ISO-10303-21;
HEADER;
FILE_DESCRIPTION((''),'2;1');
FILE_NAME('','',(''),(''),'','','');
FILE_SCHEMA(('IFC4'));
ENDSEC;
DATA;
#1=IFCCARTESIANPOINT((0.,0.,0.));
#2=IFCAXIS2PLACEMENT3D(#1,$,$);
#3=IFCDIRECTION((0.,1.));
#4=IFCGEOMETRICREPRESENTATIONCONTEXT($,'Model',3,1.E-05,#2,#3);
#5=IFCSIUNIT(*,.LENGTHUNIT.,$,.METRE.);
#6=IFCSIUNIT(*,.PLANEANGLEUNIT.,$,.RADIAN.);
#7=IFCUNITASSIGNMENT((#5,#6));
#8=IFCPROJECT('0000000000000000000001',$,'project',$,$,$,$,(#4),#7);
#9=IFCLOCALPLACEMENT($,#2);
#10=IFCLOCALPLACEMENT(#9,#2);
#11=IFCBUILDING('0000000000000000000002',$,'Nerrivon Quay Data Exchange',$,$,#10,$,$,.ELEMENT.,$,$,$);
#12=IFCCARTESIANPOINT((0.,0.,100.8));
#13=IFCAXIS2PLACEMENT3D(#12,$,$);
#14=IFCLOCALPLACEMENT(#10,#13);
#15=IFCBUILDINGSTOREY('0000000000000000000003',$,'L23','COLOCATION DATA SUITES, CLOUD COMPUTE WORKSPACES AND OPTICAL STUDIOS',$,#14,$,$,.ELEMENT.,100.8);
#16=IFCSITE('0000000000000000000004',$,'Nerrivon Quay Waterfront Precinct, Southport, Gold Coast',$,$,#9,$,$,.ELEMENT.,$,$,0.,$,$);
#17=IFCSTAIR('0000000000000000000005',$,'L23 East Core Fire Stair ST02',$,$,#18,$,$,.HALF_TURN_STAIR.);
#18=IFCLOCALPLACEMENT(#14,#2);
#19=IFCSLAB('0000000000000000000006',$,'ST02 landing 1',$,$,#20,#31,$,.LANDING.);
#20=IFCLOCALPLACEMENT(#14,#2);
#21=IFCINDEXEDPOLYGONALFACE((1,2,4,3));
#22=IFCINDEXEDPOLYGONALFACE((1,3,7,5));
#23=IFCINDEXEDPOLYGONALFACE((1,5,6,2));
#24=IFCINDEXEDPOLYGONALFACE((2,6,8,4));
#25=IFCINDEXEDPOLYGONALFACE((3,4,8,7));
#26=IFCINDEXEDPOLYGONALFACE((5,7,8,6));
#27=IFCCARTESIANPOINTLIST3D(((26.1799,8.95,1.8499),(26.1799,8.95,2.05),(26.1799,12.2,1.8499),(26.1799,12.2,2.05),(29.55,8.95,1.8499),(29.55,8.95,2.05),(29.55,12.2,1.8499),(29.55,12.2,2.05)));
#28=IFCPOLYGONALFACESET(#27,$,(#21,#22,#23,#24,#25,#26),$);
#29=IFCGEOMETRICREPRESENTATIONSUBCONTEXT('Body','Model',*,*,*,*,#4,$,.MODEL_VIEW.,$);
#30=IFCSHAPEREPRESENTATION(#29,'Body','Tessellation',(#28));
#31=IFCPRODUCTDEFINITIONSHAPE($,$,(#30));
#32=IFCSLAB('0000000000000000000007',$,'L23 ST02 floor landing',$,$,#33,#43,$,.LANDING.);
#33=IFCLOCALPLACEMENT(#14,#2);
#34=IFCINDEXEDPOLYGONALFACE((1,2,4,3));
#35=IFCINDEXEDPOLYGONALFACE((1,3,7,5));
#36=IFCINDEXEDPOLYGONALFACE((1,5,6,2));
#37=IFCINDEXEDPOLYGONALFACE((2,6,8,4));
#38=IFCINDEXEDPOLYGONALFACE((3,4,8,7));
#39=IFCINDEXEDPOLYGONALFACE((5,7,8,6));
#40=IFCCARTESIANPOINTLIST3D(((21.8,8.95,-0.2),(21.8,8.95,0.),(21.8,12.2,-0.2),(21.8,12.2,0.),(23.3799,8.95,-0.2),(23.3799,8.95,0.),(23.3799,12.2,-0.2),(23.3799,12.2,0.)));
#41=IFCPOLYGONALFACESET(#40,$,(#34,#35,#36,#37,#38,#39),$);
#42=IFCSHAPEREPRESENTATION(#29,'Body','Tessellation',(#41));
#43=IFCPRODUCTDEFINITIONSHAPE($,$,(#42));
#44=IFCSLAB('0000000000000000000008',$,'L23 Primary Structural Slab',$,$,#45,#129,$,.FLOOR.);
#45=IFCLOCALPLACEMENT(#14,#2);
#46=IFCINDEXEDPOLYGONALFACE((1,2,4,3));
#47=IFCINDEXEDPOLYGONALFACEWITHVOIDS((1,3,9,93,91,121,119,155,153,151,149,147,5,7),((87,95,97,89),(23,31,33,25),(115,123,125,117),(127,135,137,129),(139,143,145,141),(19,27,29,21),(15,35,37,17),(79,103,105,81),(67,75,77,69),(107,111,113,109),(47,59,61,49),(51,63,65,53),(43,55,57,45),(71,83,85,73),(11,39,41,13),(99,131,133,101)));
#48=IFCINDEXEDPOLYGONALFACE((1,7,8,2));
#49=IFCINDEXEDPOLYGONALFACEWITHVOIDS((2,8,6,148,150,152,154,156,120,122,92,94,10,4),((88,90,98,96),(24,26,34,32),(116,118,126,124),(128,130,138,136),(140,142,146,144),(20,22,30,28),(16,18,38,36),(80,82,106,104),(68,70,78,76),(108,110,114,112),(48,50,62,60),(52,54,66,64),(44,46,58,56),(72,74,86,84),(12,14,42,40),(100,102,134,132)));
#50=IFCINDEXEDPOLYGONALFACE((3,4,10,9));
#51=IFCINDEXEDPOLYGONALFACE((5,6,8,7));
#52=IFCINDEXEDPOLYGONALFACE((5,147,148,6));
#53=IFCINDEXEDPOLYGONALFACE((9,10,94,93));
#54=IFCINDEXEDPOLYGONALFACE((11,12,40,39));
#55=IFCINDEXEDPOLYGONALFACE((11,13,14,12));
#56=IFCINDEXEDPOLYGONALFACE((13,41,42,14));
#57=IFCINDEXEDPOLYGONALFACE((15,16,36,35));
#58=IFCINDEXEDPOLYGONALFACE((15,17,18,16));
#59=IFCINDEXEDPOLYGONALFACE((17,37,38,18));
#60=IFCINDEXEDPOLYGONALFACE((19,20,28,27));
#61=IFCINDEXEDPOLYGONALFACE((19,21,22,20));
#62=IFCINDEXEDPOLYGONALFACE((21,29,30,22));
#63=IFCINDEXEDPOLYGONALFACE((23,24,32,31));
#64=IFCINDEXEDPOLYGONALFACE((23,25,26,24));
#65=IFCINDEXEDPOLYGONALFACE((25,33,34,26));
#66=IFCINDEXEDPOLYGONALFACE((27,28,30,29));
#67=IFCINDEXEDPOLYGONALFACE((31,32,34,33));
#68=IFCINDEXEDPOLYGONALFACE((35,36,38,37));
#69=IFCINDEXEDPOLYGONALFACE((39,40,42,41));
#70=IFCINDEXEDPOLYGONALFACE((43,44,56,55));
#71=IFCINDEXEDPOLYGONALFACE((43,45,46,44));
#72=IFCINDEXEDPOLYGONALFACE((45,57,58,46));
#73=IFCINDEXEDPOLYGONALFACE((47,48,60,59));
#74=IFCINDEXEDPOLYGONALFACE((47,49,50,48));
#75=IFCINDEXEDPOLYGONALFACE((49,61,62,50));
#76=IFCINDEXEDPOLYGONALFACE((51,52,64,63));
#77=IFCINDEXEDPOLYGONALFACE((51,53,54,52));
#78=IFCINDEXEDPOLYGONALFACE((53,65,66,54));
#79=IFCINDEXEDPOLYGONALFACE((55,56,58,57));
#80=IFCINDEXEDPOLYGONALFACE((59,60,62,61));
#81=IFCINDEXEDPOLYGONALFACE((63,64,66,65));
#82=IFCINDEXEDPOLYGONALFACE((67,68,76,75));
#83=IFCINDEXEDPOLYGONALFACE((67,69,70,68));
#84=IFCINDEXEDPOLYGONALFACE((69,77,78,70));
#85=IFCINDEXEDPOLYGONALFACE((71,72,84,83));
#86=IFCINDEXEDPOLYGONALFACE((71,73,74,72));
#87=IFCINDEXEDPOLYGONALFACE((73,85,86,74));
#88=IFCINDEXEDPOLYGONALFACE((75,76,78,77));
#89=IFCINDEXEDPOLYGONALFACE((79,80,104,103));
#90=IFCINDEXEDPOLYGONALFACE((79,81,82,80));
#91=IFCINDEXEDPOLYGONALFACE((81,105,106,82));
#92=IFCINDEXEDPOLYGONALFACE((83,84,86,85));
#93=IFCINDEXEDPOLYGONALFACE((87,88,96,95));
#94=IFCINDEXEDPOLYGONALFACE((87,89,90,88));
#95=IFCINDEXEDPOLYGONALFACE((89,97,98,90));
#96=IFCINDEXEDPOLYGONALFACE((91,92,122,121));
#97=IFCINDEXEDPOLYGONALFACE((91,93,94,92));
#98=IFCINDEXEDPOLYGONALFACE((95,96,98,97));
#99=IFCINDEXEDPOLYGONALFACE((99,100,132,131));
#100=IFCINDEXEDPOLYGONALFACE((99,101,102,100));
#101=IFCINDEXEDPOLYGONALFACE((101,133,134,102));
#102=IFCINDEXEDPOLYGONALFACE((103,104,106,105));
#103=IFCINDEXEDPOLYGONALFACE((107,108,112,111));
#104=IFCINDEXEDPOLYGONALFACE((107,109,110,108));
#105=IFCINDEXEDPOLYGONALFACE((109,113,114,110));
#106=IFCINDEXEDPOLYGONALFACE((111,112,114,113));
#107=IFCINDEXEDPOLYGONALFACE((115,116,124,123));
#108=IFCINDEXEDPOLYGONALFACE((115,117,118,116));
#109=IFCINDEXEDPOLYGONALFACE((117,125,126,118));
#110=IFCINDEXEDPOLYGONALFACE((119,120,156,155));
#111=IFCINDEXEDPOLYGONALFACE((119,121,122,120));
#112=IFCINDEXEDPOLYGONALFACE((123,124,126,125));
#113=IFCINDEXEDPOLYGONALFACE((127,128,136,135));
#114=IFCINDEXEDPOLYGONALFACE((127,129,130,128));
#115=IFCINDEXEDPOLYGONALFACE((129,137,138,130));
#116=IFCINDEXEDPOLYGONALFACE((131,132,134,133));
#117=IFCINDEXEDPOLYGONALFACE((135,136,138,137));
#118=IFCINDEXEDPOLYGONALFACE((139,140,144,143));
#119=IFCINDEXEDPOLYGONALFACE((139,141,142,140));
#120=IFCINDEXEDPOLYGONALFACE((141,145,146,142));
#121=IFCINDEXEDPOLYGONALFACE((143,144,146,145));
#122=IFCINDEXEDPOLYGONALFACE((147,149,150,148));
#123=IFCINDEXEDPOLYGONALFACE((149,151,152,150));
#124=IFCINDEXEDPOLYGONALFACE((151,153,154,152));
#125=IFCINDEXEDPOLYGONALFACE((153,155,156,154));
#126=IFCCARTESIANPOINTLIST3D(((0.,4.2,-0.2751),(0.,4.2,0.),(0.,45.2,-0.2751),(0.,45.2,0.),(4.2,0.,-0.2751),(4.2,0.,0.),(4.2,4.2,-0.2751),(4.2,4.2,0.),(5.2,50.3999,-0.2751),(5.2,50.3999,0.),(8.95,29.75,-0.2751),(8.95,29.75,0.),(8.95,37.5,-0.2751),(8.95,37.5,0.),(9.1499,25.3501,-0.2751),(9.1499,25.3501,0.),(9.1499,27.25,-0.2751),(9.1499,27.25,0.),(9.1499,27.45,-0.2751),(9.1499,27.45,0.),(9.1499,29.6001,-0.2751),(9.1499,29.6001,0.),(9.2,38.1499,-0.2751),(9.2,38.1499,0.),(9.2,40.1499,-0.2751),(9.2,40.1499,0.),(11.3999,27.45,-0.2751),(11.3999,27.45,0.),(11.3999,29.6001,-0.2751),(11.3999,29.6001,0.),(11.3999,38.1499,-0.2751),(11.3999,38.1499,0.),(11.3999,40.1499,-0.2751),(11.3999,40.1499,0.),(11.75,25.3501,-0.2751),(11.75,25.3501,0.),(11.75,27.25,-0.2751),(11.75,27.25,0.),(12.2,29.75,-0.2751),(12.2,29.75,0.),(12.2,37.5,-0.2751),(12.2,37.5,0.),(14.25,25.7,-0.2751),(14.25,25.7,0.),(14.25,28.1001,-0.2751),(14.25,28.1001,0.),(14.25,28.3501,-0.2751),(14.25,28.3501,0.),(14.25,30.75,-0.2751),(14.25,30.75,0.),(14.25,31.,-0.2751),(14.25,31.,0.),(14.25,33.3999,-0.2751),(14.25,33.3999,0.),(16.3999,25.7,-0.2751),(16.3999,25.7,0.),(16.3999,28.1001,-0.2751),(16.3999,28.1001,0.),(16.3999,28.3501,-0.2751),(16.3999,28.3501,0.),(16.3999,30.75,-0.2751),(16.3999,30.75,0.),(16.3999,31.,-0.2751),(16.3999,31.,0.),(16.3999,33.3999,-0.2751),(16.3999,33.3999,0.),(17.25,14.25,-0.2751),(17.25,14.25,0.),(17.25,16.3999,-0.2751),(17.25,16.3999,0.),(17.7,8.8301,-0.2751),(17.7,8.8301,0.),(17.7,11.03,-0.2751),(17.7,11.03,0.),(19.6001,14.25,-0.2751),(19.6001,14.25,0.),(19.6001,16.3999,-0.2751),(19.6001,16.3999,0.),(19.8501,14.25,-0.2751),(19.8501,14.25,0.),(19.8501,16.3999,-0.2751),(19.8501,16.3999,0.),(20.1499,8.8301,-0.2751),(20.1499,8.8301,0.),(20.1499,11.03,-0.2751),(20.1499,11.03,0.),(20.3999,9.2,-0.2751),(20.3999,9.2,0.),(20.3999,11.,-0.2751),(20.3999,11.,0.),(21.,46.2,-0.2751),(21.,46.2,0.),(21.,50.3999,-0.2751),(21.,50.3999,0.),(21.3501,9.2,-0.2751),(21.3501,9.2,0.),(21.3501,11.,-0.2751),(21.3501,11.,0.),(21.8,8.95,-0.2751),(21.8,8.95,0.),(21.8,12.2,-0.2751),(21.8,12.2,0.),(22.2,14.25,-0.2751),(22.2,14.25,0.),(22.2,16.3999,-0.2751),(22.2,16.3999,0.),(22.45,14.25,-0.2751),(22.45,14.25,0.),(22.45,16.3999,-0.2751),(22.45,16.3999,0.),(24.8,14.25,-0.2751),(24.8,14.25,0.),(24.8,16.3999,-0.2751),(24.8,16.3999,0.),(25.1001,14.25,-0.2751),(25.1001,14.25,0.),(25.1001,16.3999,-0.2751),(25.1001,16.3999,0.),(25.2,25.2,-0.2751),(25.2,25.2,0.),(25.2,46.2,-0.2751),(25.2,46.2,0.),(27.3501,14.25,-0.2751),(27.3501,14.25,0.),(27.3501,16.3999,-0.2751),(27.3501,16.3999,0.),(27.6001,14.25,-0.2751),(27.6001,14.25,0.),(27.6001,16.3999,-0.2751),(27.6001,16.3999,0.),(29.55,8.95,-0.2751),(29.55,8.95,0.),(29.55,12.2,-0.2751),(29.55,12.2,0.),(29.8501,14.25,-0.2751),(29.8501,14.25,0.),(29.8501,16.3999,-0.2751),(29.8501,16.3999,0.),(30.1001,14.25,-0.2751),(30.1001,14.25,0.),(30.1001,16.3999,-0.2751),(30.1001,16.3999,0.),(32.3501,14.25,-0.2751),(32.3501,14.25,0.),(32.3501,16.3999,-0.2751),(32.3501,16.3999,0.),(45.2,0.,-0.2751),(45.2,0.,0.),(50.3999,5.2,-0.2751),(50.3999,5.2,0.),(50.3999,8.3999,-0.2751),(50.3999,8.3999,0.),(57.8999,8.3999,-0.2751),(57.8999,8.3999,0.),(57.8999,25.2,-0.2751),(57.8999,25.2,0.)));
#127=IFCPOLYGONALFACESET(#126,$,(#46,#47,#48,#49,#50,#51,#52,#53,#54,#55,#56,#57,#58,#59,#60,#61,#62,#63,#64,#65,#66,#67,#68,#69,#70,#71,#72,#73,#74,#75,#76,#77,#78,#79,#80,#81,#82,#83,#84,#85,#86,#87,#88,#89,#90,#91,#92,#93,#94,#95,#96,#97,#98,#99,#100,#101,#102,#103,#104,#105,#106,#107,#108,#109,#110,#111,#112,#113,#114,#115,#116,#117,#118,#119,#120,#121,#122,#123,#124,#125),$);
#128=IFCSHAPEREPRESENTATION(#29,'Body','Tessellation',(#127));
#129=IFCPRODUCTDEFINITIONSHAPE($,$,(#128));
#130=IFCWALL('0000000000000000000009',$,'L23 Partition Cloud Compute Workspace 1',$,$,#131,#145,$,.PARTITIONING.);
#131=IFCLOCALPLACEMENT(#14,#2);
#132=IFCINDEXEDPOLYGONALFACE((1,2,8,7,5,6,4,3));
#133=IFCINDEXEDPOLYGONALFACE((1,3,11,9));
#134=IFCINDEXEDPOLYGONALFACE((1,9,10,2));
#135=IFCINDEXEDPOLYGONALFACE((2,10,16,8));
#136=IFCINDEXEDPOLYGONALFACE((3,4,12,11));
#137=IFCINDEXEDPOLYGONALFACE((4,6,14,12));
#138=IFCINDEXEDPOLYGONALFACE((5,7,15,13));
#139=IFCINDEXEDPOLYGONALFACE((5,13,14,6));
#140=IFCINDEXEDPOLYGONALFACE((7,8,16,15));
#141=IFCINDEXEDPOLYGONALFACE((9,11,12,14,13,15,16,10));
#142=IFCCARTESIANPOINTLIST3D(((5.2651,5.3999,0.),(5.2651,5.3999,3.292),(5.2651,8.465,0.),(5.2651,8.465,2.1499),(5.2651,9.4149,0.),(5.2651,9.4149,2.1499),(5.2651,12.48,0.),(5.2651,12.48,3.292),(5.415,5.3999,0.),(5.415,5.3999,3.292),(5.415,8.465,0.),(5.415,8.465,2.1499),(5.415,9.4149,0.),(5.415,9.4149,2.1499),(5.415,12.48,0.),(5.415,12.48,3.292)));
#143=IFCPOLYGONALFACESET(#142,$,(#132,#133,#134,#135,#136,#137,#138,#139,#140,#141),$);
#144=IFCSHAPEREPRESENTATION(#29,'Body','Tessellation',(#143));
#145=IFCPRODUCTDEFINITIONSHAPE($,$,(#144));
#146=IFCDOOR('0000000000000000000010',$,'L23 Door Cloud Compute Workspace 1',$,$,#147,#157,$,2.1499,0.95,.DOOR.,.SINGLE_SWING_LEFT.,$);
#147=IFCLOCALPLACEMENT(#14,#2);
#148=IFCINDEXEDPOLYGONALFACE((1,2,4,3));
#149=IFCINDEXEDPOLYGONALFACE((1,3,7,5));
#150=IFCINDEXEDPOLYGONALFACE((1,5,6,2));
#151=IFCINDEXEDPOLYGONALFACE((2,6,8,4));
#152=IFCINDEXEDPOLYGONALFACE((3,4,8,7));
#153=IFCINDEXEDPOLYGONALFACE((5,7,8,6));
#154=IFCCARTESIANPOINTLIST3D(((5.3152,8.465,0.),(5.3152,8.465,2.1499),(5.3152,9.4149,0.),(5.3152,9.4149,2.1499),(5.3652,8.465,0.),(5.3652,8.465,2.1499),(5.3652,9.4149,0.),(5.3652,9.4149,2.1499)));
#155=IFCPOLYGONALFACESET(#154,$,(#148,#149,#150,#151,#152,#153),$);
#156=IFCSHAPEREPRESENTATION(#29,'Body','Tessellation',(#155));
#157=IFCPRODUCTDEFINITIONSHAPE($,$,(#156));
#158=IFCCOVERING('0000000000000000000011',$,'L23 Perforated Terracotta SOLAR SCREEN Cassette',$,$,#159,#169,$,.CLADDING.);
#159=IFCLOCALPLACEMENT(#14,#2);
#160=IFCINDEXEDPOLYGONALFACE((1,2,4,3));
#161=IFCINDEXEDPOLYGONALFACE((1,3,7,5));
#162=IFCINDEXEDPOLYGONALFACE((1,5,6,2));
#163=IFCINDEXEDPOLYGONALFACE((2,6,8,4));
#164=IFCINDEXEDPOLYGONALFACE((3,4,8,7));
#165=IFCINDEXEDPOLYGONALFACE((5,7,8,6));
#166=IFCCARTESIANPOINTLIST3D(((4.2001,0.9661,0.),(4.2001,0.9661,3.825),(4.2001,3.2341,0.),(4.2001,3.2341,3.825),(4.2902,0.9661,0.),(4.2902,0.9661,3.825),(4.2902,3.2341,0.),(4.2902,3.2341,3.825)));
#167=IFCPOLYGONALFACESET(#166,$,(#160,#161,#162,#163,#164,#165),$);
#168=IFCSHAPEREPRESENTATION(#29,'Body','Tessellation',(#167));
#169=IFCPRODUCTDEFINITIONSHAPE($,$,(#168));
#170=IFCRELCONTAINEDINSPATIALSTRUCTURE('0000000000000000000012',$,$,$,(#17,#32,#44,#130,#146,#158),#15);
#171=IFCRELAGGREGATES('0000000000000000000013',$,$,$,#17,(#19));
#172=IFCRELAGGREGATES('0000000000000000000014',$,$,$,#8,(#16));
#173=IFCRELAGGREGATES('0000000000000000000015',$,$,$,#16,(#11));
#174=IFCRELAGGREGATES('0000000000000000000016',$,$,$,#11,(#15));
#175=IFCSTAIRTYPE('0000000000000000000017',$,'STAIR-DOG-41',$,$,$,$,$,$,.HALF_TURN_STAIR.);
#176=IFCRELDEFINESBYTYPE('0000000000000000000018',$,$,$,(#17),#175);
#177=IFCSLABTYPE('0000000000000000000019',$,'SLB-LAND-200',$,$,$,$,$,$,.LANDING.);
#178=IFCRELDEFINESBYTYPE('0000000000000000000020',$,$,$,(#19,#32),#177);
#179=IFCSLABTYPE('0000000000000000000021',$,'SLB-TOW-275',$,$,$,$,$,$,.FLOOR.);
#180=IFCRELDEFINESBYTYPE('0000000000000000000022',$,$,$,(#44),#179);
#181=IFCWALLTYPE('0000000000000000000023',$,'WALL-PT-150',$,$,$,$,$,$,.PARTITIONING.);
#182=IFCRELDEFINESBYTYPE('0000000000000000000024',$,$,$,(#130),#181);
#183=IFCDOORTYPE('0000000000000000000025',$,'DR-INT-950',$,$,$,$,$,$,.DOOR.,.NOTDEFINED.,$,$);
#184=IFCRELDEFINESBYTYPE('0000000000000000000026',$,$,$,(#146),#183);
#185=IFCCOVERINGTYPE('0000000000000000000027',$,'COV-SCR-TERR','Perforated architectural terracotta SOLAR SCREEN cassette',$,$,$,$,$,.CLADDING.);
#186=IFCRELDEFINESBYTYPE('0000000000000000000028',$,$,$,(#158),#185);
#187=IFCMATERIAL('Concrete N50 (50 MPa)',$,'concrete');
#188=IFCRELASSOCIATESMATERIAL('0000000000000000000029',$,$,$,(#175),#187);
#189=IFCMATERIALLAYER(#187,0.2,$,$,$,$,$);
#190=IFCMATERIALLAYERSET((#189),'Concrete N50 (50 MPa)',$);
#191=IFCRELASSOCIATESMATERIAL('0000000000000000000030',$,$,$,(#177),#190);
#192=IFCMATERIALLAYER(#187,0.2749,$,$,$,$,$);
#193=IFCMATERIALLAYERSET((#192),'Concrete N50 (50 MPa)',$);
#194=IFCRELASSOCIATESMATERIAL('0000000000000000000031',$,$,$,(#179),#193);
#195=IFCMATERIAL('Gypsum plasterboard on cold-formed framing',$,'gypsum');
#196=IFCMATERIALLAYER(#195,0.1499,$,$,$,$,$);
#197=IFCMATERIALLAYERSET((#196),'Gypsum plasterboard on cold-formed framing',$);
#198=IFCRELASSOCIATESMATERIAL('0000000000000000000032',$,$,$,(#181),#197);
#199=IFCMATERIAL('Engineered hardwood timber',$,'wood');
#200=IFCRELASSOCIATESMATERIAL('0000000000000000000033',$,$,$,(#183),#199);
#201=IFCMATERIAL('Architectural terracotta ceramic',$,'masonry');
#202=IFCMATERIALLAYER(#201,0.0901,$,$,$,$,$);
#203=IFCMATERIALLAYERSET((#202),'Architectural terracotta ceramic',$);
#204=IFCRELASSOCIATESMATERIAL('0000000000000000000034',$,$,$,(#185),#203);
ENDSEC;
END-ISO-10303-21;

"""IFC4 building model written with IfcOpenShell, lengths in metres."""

from ifc_helpers import new_model, si_unit, direction, frame, frame_2d, origin, origin_2d, place, context, subcontext, project, spatial, polyline, rectangle, outline, extrude, material, layer, layer_set, type_object, element, fill, aggregate, save


model = new_model("IFC4")

# Units and contexts
model_context = context("Model", 3, precision=1e-05, world=origin(), true_north=direction((0.0, 1.0)))
body_context = subcontext(model_context, "Body", "Model", "MODEL_VIEW")
ifc_project = project(units=[si_unit("LENGTHUNIT", "METRE"), si_unit("PLANEANGLEUNIT", "RADIAN")], contexts=[model_context])

# Site, building, storey
site_placement = place(None, origin())
site = spatial("IfcSite", under=ifc_project, at=site_placement, Name="Nerrivon Quay Waterfront Precinct, Southport, Gold Coast", CompositionType="ELEMENT", RefElevation=0.0)
building_placement = place(site_placement, origin())
building = spatial("IfcBuilding", under=site, at=building_placement, Name="Nerrivon Quay Data Exchange", CompositionType="ELEMENT")
storey_placement = place(building_placement, frame((0.0, 0.0, 100.8)))
storey = spatial("IfcBuildingStorey", under=building, at=storey_placement, Name="L23", Description="COLOCATION DATA SUITES, CLOUD COMPUTE WORKSPACES AND OPTICAL STUDIOS", CompositionType="ELEMENT", Elevation=100.8)

# Shared definitions
ifc_material_1 = material(Name="Concrete N50 (50 MPa)", Category="concrete")
stair_type = type_object("IfcStairType", Name="STAIR-DOG-41", PredefinedType="HALF_TURN_STAIR", material=ifc_material_1)
ifc_layer_1 = layer(ifc_material_1, 0.2)
ifc_layer_set_1 = layer_set([ifc_layer_1], Name="Concrete N50 (50 MPa)")
slab_type_1 = type_object("IfcSlabType", Name="SLB-LAND-200", PredefinedType="LANDING", material=ifc_layer_set_1)

# Stair, slab
stair_1_placement = place(storey_placement, origin())
stair_1 = element("IfcStair", 1, at=stair_1_placement, inside=storey, type_object=stair_type, Name="L23 East Core Fire Stair ST02", PredefinedType="HALF_TURN_STAIR")
slab_1_placement = place(storey_placement, frame((0.0, 0.0, 1.8499)))
slab_1 = element("IfcSlab", 2, at=slab_1_placement, type_object=slab_type_1, Name="ST02 landing 1", PredefinedType="LANDING", context=body_context, shape_type="SweptSolid", body=[
    extrude(outline(polyline([(26.1799, 8.95), (29.55, 8.95), (29.55, 12.2), (26.1799, 12.2), (26.1799, 8.95)])), origin(), (0.0, 0.0, 1.0), 0.2002),
])
aggregate(stair_1, [slab_1])

# Slabs
slab_2_placement = place(storey_placement, frame((0.0, 0.0, -0.2)))
element("IfcSlab", 3, at=slab_2_placement, inside=storey, type_object=slab_type_1, Name="L23 ST02 floor landing", PredefinedType="LANDING", context=body_context, shape_type="SweptSolid", body=[
    extrude(outline(polyline([(21.8, 8.95), (23.3799, 8.95), (23.3799, 12.2), (21.8, 12.2), (21.8, 8.95)])), origin(), (0.0, 0.0, 1.0), 0.2),
])
ifc_layer_2 = layer(ifc_material_1, 0.2749)
ifc_layer_set_2 = layer_set([ifc_layer_2], Name="Concrete N50 (50 MPa)")
slab_type_2 = type_object("IfcSlabType", Name="SLB-TOW-275", PredefinedType="FLOOR", material=ifc_layer_set_2)
slab_3_placement = place(storey_placement, frame((0.0, 0.0, -0.2751)))
element("IfcSlab", 4, at=slab_3_placement, inside=storey, type_object=slab_type_2, Name="L23 Primary Structural Slab", PredefinedType="FLOOR", context=body_context, shape_type="SweptSolid", body=[
    extrude(outline(polyline([(25.2, 25.2), (25.2, 46.2), (21.0, 46.2), (21.0, 50.3999), (5.2, 50.3999), (0.0, 45.2), (0.0, 4.2), (4.2, 4.2), (4.2, 0.0), (45.2, 0.0), (50.3999, 5.2), (50.3999, 8.3999), (57.8999, 8.3999), (57.8999, 25.2), (25.2, 25.2)]), holes=[polyline([(8.95, 29.75), (8.95, 37.5), (12.2, 37.5), (12.2, 29.75), (8.95, 29.75)]), polyline([(21.8, 12.2), (29.55, 12.2), (29.55, 8.95), (21.8, 8.95), (21.8, 12.2)]), polyline([(30.1001, 16.3999), (32.3501, 16.3999), (32.3501, 14.25), (30.1001, 14.25), (30.1001, 16.3999)]), polyline([(27.6001, 16.3999), (29.8501, 16.3999), (29.8501, 14.25), (27.6001, 14.25), (27.6001, 16.3999)]), polyline([(25.1001, 16.3999), (27.3501, 16.3999), (27.3501, 14.25), (25.1001, 14.25), (25.1001, 16.3999)]), polyline([(22.45, 16.3999), (24.8, 16.3999), (24.8, 14.25), (22.45, 14.25), (22.45, 16.3999)]), polyline([(19.8501, 16.3999), (22.2, 16.3999), (22.2, 14.25), (19.8501, 14.25), (19.8501, 16.3999)]), polyline([(20.3999, 11.0), (21.3501, 11.0), (21.3501, 9.2), (20.3999, 9.2), (20.3999, 11.0)]), polyline([(17.7, 8.8301), (17.7, 11.03), (20.1499, 11.03), (20.1499, 8.8301), (17.7, 8.8301)]), polyline([(17.25, 14.25), (17.25, 16.3999), (19.6001, 16.3999), (19.6001, 14.25), (17.25, 14.25)]), polyline([(14.25, 28.1001), (16.3999, 28.1001), (16.3999, 25.7), (14.25, 25.7), (14.25, 28.1001)]), polyline([(14.25, 30.75), (16.3999, 30.75), (16.3999, 28.3501), (14.25, 28.3501), (14.25, 30.75)]), polyline([(14.25, 33.3999), (16.3999, 33.3999), (16.3999, 31.0), (14.25, 31.0), (14.25, 33.3999)]), polyline([(9.1499, 27.25), (11.75, 27.25), (11.75, 25.3501), (9.1499, 25.3501), (9.1499, 27.25)]), polyline([(9.1499, 29.6001), (11.3999, 29.6001), (11.3999, 27.45), (9.1499, 27.45), (9.1499, 29.6001)]), polyline([(9.2, 40.1499), (11.3999, 40.1499), (11.3999, 38.1499), (9.2, 38.1499), (9.2, 40.1499)])]), origin(), (0.0, 0.0, 1.0), 0.2751),
])

# Wall, opening, door
ifc_material_2 = material(Name="Gypsum plasterboard on cold-formed framing", Category="gypsum")
ifc_layer_3 = layer(ifc_material_2, 0.1499)
ifc_layer_set_3 = layer_set([ifc_layer_3], Name="Gypsum plasterboard on cold-formed framing")
wall_type = type_object("IfcWallType", Name="WALL-PT-150", PredefinedType="PARTITIONING", material=ifc_layer_set_3)
wall_placement = place(storey_placement, frame((5.3401, 5.3999, 0.0), z_axis=(0.0, 0.0, 1.0), x_axis=(0.0, 1.0, 0.0)))
wall = element("IfcWall", 5, at=wall_placement, inside=storey, type_object=wall_type, Name="L23 Partition Cloud Compute Workspace 1", PredefinedType="PARTITIONING", context=body_context, shape_type="SweptSolid", body=[
    extrude(rectangle(XDim=7.0801, YDim=0.1499, at=frame_2d((3.54, 0.0))), origin(), (0.0, 0.0, 1.0), 3.292),
])
opening_placement = place(wall_placement, frame((3.0649, 0.0, 0.0)))
opening = element("IfcOpeningElement", 6, at=opening_placement, cuts=wall, PredefinedType="OPENING", context=body_context, shape_type="SweptSolid", body=[
    extrude(rectangle(XDim=0.95, YDim=2.1499, at=frame_2d((0.4751, 1.075))), frame((0.0, 0.085, 0.0), z_axis=(0.0, -1.0, 0.0), x_axis=(1.0, 0.0, 0.0)), (0.0, 0.0, 1.0), 0.1699),
])
ifc_material_3 = material(Name="Engineered hardwood timber", Category="wood")
door_type = type_object("IfcDoorType", Name="DR-INT-950", OperationType="NOTDEFINED", PredefinedType="DOOR", material=ifc_material_3)
door_placement = place(opening_placement, origin())
door = element("IfcDoor", 7, at=door_placement, inside=storey, type_object=door_type, Name="L23 Door Cloud Compute Workspace 1", OperationType="SINGLE_SWING_LEFT", OverallHeight=2.1499, OverallWidth=0.95, PredefinedType="DOOR", context=body_context, shape_type="SweptSolid", body=[
    extrude(rectangle(XDim=0.95, YDim=2.1499, at=frame_2d((0.4751, 1.075))), frame((0.0, 0.0249, 0.0), z_axis=(0.0, -1.0, 0.0), x_axis=(1.0, 0.0, 0.0)), (0.0, 0.0, 1.0), 0.05),
])
fill(opening, door)

# Covering
ifc_material_4 = material(Name="Architectural terracotta ceramic", Category="masonry")
ifc_layer_4 = layer(ifc_material_4, 0.0901)
ifc_layer_set_4 = layer_set([ifc_layer_4], Name="Architectural terracotta ceramic")
covering_type = type_object("IfcCoveringType", Name="COV-SCR-TERR", Description="Perforated architectural terracotta SOLAR SCREEN cassette", PredefinedType="CLADDING", material=ifc_layer_set_4)
for number, where, z_axis, x_axis, name in (
    (8, (4.2451, 2.1001, 0.0), (0.0, 0.0, 1.0), (0.0, 1.0, 0.0), "L23 Perforated Terracotta SOLAR SCREEN Cassette"),
):
    element("IfcCovering", number, at=place(storey_placement, frame(where, z_axis=z_axis, x_axis=x_axis)), inside=storey, type_object=covering_type, Name=name, PredefinedType="CLADDING", context=body_context, shape_type="SweptSolid", body=[
        extrude(rectangle(XDim=2.2681, YDim=0.0901, at=origin_2d()), origin(), (0.0, 0.0, 1.0), 3.825),
    ])

save(model, "model.ifc")
